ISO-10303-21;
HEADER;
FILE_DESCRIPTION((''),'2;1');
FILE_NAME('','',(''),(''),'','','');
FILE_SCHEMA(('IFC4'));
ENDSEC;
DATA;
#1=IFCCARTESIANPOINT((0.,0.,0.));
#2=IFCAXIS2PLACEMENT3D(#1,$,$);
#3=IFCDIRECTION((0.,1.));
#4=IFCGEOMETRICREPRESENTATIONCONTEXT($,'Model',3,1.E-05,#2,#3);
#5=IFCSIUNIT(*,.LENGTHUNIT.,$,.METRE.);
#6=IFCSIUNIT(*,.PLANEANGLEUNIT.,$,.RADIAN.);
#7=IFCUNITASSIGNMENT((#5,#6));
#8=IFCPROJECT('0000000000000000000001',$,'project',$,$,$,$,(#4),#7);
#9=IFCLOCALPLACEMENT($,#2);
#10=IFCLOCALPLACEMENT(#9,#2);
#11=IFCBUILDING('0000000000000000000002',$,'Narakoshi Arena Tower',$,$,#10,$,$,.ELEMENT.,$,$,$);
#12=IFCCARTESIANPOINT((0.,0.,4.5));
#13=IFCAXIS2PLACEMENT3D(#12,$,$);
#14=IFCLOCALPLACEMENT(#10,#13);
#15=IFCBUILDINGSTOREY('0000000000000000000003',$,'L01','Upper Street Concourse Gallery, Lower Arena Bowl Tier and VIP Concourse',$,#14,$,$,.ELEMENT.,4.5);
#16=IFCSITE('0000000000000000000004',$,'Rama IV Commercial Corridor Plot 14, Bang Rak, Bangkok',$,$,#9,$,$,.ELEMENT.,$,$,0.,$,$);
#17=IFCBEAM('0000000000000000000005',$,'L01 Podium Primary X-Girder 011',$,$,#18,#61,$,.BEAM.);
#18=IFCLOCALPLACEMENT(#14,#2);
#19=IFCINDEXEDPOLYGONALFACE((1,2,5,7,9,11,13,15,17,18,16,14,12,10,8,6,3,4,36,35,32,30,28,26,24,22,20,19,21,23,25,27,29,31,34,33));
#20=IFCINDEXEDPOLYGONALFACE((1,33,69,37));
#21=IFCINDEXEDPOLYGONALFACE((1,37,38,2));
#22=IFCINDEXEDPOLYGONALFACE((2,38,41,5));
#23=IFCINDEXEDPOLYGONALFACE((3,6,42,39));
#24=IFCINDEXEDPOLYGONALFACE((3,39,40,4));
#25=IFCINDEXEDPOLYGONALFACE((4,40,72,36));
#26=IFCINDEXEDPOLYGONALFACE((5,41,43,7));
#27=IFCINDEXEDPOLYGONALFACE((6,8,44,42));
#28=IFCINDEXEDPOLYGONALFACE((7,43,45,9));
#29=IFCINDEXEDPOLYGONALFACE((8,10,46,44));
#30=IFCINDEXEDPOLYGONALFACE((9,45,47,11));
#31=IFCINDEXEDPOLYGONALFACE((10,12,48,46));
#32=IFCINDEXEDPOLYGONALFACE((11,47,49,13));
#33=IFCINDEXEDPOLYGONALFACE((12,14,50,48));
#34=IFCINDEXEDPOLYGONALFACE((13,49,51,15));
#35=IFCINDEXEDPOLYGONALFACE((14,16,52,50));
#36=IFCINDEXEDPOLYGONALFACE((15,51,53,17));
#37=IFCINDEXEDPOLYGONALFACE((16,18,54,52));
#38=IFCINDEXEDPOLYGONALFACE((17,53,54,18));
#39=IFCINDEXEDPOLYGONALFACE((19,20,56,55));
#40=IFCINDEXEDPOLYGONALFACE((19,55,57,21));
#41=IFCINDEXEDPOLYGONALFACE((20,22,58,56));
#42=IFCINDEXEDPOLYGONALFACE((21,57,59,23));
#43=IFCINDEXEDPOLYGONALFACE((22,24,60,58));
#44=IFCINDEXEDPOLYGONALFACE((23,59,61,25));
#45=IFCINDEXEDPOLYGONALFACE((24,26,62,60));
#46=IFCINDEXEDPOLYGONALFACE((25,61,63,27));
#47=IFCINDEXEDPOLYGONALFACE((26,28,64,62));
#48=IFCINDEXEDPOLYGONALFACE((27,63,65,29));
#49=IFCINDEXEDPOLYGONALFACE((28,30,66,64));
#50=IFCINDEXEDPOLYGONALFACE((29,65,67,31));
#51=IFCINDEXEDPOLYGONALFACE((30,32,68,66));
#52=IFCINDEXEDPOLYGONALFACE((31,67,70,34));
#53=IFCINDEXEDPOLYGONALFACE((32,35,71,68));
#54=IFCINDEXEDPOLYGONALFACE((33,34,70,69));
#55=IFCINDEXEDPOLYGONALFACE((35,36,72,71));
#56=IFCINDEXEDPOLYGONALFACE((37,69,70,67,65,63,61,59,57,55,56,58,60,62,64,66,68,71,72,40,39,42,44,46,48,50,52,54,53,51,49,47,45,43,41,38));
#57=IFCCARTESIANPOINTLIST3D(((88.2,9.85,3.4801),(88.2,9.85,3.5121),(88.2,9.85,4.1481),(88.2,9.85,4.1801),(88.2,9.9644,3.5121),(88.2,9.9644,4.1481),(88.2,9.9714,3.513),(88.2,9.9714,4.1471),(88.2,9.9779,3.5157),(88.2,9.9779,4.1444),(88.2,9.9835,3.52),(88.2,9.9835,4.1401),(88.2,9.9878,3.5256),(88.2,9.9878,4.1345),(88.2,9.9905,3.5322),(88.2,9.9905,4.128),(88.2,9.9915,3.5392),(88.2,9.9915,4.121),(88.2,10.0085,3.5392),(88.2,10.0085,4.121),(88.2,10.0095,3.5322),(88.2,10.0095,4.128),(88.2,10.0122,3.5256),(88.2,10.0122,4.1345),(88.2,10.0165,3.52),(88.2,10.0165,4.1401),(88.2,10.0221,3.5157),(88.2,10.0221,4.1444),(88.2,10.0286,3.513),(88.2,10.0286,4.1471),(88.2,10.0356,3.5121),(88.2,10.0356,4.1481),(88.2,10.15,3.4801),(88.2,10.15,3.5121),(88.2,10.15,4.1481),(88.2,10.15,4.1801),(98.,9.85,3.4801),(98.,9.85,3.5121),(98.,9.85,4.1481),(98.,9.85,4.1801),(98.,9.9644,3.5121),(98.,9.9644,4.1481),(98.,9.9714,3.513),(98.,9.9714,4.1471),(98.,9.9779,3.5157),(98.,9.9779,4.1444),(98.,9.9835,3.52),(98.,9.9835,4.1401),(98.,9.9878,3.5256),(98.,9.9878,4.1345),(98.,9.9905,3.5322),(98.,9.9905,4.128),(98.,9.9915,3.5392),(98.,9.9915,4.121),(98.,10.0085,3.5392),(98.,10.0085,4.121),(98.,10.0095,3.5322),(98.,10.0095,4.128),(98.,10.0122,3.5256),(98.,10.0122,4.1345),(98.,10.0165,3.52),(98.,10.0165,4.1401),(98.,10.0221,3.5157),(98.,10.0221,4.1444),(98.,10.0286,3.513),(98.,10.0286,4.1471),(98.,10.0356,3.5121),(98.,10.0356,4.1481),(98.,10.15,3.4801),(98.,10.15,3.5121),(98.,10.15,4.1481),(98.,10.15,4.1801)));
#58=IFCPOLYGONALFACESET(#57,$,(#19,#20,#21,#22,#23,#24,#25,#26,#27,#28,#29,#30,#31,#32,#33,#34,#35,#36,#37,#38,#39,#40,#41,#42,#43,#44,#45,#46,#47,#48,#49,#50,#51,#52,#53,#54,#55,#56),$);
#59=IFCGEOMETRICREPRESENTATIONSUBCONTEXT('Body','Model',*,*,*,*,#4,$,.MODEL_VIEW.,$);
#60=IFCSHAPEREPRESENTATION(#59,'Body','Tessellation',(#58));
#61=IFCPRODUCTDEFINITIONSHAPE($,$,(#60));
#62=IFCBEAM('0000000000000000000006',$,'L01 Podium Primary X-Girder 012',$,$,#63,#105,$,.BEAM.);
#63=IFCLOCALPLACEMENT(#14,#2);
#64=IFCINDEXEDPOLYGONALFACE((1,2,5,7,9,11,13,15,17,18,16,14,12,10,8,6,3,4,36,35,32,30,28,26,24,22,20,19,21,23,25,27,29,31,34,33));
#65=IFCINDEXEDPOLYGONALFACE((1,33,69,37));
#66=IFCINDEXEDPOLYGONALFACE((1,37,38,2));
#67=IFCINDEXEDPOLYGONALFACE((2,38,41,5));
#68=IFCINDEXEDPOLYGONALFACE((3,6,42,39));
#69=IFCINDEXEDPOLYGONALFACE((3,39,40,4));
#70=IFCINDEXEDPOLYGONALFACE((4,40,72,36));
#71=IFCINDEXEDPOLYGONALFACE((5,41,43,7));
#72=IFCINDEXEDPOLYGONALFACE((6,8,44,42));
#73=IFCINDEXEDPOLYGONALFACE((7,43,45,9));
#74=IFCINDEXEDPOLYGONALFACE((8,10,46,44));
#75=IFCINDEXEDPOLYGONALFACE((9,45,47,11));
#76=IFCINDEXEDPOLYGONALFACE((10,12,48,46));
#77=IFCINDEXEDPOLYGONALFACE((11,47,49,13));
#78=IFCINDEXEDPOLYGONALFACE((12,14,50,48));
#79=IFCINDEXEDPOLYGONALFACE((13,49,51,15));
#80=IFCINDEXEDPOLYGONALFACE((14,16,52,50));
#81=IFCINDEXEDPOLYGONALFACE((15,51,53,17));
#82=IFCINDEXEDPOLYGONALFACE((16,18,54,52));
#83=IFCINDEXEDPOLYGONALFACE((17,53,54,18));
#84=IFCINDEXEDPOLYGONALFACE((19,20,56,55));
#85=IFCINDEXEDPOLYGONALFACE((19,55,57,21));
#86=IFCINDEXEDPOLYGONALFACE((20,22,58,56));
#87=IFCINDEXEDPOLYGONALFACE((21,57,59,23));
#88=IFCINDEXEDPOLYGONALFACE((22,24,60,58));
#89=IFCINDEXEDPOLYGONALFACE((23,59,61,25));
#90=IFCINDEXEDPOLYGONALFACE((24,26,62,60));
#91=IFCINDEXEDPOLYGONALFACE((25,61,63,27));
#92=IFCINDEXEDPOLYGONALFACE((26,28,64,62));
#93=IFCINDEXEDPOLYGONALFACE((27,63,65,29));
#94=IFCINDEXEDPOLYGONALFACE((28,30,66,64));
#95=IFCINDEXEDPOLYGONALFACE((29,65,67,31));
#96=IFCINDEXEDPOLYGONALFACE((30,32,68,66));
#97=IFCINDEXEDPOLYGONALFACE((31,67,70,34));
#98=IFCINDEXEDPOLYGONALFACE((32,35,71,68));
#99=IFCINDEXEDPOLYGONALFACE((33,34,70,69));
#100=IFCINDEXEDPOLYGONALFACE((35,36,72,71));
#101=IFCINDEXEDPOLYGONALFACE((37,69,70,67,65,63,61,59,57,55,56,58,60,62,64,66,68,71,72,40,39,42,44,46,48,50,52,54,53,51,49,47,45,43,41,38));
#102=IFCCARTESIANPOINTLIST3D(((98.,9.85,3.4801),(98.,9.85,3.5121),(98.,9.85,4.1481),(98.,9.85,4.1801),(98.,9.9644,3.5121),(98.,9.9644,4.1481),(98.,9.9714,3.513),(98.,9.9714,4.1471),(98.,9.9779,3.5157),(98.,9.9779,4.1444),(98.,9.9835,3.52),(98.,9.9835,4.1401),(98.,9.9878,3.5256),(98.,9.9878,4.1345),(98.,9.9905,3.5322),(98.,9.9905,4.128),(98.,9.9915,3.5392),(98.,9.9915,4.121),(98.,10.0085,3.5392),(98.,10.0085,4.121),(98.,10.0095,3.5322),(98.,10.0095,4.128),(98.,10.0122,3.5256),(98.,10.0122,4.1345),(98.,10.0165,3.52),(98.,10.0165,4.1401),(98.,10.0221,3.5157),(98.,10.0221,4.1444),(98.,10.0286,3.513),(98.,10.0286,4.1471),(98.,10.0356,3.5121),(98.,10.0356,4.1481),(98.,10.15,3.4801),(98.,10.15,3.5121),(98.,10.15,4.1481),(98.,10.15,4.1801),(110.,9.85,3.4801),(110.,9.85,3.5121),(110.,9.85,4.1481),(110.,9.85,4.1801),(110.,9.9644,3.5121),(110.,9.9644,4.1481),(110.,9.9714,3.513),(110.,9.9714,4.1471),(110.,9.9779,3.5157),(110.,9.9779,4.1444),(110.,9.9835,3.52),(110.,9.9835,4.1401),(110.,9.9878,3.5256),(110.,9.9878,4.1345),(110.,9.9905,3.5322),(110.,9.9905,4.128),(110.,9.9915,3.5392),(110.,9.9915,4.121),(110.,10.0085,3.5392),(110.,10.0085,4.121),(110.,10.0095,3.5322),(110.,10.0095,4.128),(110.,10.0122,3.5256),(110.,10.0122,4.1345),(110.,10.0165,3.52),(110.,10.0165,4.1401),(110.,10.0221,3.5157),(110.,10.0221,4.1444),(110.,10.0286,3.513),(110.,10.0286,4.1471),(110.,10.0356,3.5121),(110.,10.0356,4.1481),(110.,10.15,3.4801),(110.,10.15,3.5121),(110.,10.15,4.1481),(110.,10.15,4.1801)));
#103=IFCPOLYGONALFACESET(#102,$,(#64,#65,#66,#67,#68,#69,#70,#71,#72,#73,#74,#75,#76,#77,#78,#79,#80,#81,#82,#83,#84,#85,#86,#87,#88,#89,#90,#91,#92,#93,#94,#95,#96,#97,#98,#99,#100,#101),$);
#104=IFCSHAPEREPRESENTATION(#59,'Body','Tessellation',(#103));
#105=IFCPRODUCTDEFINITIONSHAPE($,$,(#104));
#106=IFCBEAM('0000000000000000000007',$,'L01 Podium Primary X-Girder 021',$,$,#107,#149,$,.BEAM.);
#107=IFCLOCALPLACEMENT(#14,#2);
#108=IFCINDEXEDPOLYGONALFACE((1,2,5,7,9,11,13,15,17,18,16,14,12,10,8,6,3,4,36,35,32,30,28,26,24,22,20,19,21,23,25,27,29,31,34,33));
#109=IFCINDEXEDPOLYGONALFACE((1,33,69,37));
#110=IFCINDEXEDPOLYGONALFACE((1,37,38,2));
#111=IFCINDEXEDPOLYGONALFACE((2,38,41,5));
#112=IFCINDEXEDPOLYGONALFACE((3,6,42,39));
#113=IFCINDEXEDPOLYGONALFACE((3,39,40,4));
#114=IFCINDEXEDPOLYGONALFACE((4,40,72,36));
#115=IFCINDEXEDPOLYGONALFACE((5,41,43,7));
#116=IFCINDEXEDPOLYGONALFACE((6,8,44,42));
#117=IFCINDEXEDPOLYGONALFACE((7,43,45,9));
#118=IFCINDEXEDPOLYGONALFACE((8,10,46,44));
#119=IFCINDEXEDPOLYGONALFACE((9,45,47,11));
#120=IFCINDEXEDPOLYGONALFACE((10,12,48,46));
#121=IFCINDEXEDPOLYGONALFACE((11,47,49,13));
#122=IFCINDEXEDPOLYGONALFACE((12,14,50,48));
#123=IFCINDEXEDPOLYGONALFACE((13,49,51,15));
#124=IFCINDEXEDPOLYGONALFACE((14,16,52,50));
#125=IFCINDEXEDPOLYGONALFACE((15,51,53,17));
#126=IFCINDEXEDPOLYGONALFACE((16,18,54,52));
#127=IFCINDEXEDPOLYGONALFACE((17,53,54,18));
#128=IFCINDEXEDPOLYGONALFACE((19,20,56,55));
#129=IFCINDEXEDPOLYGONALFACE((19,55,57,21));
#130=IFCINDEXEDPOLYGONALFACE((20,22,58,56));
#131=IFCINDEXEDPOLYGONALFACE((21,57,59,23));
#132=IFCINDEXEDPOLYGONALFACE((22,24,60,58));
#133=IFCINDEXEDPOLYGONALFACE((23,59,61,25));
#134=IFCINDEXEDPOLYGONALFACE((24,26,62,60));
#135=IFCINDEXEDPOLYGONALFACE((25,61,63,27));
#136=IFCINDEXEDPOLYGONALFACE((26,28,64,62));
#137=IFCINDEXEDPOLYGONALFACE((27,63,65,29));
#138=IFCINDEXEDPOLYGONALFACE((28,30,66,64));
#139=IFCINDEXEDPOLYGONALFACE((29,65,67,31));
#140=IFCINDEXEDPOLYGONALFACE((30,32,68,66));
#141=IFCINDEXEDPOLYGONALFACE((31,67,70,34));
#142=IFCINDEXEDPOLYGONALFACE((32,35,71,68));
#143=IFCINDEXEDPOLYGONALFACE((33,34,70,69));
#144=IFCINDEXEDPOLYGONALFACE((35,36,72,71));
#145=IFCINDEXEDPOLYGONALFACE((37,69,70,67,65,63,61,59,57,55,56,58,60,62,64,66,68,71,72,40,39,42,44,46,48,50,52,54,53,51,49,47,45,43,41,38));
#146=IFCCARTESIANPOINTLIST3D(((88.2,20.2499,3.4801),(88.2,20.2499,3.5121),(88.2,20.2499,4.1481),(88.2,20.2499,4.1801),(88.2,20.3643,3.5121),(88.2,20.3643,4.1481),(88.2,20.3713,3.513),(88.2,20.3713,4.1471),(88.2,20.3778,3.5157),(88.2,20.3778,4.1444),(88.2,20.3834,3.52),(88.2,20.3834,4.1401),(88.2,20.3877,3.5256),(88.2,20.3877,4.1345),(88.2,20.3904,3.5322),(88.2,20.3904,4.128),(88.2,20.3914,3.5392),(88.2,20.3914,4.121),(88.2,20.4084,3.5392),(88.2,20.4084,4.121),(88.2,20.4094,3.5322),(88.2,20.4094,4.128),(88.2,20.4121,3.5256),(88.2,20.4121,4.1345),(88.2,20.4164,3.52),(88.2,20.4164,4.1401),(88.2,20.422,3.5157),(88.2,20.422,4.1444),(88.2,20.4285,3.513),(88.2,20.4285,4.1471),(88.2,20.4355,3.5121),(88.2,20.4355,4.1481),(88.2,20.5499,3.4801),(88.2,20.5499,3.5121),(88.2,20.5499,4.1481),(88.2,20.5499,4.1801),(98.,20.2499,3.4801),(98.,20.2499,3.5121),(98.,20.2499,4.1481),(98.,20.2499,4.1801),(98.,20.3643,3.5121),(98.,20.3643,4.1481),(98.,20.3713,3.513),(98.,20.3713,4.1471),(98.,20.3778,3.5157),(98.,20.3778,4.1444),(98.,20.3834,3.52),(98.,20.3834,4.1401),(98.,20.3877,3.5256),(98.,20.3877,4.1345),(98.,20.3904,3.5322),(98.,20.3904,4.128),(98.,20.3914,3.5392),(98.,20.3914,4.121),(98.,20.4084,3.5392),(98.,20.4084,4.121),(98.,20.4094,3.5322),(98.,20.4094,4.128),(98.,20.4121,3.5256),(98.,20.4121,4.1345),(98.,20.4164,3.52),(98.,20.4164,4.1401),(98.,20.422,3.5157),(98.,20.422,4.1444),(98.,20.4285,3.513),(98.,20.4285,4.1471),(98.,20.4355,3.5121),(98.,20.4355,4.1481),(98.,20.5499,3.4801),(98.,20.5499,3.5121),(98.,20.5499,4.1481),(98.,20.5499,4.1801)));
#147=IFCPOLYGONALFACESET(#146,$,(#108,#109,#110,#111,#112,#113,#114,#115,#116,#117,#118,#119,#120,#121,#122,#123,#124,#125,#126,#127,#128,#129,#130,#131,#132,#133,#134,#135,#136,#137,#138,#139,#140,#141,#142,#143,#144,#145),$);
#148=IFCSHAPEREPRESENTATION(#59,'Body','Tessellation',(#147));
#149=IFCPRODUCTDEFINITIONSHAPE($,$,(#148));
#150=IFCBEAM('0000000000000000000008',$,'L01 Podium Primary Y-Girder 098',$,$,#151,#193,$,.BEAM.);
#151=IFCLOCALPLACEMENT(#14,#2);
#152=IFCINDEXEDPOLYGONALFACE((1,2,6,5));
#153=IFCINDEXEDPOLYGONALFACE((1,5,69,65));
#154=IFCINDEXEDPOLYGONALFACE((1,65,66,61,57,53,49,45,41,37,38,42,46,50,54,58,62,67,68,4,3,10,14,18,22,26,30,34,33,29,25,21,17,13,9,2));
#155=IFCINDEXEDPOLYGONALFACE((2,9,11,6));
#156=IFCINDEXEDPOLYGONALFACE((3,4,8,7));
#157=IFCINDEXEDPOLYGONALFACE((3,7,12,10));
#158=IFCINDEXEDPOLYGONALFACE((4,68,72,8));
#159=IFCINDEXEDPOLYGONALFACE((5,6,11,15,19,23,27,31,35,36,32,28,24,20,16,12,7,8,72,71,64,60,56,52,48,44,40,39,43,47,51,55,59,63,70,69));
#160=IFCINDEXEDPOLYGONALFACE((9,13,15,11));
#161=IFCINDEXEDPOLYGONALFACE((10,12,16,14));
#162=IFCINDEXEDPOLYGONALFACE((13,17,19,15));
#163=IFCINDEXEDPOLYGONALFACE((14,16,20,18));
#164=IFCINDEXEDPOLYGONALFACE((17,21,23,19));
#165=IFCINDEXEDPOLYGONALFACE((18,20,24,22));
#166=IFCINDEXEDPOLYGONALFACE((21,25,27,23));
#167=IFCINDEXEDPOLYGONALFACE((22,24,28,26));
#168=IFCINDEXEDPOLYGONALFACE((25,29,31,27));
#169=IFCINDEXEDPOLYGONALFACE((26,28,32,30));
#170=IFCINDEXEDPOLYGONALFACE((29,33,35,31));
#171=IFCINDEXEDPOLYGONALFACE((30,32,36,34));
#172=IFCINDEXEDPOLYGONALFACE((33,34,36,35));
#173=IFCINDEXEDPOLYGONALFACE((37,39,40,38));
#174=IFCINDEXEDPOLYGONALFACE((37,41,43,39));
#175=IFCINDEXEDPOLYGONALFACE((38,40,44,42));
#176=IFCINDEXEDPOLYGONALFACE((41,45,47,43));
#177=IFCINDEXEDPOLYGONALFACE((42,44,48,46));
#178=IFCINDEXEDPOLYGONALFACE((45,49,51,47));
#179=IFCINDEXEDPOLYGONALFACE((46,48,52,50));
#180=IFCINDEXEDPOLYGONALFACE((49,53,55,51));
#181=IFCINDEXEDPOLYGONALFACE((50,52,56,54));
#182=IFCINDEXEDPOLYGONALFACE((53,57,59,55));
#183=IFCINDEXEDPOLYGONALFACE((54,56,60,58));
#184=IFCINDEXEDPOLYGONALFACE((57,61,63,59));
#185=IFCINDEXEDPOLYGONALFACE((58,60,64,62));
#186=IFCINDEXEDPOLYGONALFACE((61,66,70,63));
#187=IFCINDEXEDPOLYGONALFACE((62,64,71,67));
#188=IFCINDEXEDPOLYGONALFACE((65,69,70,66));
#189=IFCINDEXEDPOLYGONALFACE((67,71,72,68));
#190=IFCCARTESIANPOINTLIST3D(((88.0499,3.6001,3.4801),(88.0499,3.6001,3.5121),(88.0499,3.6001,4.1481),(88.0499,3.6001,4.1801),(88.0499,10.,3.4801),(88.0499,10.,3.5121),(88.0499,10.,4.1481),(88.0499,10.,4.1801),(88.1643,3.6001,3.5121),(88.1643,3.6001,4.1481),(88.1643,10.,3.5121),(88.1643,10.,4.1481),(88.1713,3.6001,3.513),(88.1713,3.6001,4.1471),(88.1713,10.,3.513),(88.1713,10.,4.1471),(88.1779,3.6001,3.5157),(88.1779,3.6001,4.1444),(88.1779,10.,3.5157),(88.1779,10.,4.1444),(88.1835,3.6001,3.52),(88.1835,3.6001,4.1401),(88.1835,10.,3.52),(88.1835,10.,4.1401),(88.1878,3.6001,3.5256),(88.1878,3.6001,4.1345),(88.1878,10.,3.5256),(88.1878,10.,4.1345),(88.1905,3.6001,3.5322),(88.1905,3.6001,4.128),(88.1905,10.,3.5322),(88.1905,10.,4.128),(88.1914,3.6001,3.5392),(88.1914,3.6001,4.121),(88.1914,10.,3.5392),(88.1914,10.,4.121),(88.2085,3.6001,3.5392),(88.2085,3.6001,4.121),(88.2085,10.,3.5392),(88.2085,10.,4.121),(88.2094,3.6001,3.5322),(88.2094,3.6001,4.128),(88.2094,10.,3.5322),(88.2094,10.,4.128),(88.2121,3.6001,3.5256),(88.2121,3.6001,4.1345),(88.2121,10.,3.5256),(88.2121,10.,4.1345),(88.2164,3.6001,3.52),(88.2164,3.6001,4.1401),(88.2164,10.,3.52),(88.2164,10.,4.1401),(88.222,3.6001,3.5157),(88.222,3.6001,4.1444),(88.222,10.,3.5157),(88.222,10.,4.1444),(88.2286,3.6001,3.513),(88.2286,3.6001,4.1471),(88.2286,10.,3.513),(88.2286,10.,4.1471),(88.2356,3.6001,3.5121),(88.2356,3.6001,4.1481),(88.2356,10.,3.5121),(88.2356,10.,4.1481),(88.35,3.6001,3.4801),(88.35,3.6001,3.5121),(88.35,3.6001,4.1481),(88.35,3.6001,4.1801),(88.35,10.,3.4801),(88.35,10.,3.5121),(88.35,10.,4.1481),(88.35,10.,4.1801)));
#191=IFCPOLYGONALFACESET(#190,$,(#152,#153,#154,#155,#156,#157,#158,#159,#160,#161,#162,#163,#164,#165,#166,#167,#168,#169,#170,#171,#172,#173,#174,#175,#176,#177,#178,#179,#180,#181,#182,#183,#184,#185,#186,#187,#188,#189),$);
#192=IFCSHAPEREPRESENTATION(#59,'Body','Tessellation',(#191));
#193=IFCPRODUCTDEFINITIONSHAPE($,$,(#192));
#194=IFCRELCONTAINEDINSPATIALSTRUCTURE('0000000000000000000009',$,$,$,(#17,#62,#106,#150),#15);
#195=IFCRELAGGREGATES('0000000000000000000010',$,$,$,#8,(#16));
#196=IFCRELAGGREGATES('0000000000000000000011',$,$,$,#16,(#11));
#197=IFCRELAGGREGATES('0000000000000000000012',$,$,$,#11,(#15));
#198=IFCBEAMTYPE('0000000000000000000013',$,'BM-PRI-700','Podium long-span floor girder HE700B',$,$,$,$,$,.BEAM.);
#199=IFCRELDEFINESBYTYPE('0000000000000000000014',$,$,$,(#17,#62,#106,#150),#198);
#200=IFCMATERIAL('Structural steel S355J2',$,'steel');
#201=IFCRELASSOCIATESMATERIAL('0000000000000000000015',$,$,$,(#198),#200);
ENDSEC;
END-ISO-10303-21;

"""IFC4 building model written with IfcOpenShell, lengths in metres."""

from ifc_helpers import new_model, si_unit, direction, frame, origin, origin_2d, place, context, subcontext, project, spatial, i_section, extrude, material, material_profile, profile_set, type_object, element, save


model = new_model("IFC4")

# Units and contexts
model_context = context("Model", 3, precision=1e-05, world=origin(), true_north=direction((0.0, 1.0)))
body_context = subcontext(model_context, "Body", "Model", "MODEL_VIEW")
ifc_project = project(units=[si_unit("LENGTHUNIT", "METRE"), si_unit("PLANEANGLEUNIT", "RADIAN")], contexts=[model_context])

# Site, building, storey
site_placement = place(None, origin())
site = spatial("IfcSite", under=ifc_project, at=site_placement, Name="Rama IV Commercial Corridor Plot 14, Bang Rak, Bangkok", CompositionType="ELEMENT", RefElevation=0.0)
building_placement = place(site_placement, origin())
building = spatial("IfcBuilding", under=site, at=building_placement, Name="Narakoshi Arena Tower", CompositionType="ELEMENT")
storey_placement = place(building_placement, frame((0.0, 0.0, 4.5)))
storey = spatial("IfcBuildingStorey", under=building, at=storey_placement, Name="L01", Description="Upper Street Concourse Gallery, Lower Arena Bowl Tier and VIP Concourse", CompositionType="ELEMENT", Elevation=4.5)

# Beams
ifc_material_1 = material(Name="Structural steel S355J2", Category="steel")
ifc_material_profile_1 = material_profile(ifc_material_1, i_section(OverallWidth=0.3, OverallDepth=0.7, WebThickness=0.0171, FlangeThickness=0.032, FilletRadius=0.0271, at=origin_2d()), Name="HE700B")
ifc_profile_set_1 = profile_set([ifc_material_profile_1], Name="Structural steel S355J2")
beam_type_1 = type_object("IfcBeamType", Name="BM-PRI-700", Description="Podium long-span floor girder HE700B", PredefinedType="BEAM", material=ifc_profile_set_1)
beam_1_placement = place(storey_placement, frame((88.2, 10.0, 3.8301), z_axis=(1.0, 0.0, 0.0), x_axis=(0.0, 1.0, 0.0)))
element("IfcBeam", 1, at=beam_1_placement, inside=storey, type_object=beam_type_1, Name="L01 Podium Primary X-Girder 011", PredefinedType="BEAM", context=body_context, shape_type="SweptSolid", body=[
    extrude(i_section(OverallWidth=0.3, OverallDepth=0.7, WebThickness=0.0171, FlangeThickness=0.032, FilletRadius=0.0271, at=origin_2d()), origin(), (0.0, 0.0, 1.0), 9.8),
])
beam_2_placement = place(storey_placement, frame((98.0, 10.0, 3.8301), z_axis=(1.0, 0.0, 0.0), x_axis=(0.0, 1.0, 0.0)))
element("IfcBeam", 2, at=beam_2_placement, inside=storey, type_object=beam_type_1, Name="L01 Podium Primary X-Girder 012", PredefinedType="BEAM", context=body_context, shape_type="SweptSolid", body=[
    extrude(i_section(OverallWidth=0.3, OverallDepth=0.7, WebThickness=0.0171, FlangeThickness=0.032, FilletRadius=0.0271, at=origin_2d()), origin(), (0.0, 0.0, 1.0), 12.0),
])
beam_3_placement = place(storey_placement, frame((88.2, 20.3999, 3.8301), z_axis=(1.0, 0.0, 0.0), x_axis=(0.0, 1.0, 0.0)))
element("IfcBeam", 3, at=beam_3_placement, inside=storey, type_object=beam_type_1, Name="L01 Podium Primary X-Girder 021", PredefinedType="BEAM", context=body_context, shape_type="SweptSolid", body=[
    extrude(i_section(OverallWidth=0.3, OverallDepth=0.7, WebThickness=0.0171, FlangeThickness=0.032, FilletRadius=0.0271, at=origin_2d()), origin(), (0.0, 0.0, 1.0), 9.8),
])
beam_4_placement = place(storey_placement, frame((88.2, 3.6001, 3.8301), z_axis=(0.0, 1.0, 0.0), x_axis=(-1.0, 0.0, 0.0)))
element("IfcBeam", 4, at=beam_4_placement, inside=storey, type_object=beam_type_1, Name="L01 Podium Primary Y-Girder 098", PredefinedType="BEAM", context=body_context, shape_type="SweptSolid", body=[
    extrude(i_section(OverallWidth=0.3, OverallDepth=0.7, WebThickness=0.0171, FlangeThickness=0.032, FilletRadius=0.0271, at=origin_2d()), origin(), (0.0, 0.0, 1.0), 6.3999),
])

save(model, "model.ifc")
